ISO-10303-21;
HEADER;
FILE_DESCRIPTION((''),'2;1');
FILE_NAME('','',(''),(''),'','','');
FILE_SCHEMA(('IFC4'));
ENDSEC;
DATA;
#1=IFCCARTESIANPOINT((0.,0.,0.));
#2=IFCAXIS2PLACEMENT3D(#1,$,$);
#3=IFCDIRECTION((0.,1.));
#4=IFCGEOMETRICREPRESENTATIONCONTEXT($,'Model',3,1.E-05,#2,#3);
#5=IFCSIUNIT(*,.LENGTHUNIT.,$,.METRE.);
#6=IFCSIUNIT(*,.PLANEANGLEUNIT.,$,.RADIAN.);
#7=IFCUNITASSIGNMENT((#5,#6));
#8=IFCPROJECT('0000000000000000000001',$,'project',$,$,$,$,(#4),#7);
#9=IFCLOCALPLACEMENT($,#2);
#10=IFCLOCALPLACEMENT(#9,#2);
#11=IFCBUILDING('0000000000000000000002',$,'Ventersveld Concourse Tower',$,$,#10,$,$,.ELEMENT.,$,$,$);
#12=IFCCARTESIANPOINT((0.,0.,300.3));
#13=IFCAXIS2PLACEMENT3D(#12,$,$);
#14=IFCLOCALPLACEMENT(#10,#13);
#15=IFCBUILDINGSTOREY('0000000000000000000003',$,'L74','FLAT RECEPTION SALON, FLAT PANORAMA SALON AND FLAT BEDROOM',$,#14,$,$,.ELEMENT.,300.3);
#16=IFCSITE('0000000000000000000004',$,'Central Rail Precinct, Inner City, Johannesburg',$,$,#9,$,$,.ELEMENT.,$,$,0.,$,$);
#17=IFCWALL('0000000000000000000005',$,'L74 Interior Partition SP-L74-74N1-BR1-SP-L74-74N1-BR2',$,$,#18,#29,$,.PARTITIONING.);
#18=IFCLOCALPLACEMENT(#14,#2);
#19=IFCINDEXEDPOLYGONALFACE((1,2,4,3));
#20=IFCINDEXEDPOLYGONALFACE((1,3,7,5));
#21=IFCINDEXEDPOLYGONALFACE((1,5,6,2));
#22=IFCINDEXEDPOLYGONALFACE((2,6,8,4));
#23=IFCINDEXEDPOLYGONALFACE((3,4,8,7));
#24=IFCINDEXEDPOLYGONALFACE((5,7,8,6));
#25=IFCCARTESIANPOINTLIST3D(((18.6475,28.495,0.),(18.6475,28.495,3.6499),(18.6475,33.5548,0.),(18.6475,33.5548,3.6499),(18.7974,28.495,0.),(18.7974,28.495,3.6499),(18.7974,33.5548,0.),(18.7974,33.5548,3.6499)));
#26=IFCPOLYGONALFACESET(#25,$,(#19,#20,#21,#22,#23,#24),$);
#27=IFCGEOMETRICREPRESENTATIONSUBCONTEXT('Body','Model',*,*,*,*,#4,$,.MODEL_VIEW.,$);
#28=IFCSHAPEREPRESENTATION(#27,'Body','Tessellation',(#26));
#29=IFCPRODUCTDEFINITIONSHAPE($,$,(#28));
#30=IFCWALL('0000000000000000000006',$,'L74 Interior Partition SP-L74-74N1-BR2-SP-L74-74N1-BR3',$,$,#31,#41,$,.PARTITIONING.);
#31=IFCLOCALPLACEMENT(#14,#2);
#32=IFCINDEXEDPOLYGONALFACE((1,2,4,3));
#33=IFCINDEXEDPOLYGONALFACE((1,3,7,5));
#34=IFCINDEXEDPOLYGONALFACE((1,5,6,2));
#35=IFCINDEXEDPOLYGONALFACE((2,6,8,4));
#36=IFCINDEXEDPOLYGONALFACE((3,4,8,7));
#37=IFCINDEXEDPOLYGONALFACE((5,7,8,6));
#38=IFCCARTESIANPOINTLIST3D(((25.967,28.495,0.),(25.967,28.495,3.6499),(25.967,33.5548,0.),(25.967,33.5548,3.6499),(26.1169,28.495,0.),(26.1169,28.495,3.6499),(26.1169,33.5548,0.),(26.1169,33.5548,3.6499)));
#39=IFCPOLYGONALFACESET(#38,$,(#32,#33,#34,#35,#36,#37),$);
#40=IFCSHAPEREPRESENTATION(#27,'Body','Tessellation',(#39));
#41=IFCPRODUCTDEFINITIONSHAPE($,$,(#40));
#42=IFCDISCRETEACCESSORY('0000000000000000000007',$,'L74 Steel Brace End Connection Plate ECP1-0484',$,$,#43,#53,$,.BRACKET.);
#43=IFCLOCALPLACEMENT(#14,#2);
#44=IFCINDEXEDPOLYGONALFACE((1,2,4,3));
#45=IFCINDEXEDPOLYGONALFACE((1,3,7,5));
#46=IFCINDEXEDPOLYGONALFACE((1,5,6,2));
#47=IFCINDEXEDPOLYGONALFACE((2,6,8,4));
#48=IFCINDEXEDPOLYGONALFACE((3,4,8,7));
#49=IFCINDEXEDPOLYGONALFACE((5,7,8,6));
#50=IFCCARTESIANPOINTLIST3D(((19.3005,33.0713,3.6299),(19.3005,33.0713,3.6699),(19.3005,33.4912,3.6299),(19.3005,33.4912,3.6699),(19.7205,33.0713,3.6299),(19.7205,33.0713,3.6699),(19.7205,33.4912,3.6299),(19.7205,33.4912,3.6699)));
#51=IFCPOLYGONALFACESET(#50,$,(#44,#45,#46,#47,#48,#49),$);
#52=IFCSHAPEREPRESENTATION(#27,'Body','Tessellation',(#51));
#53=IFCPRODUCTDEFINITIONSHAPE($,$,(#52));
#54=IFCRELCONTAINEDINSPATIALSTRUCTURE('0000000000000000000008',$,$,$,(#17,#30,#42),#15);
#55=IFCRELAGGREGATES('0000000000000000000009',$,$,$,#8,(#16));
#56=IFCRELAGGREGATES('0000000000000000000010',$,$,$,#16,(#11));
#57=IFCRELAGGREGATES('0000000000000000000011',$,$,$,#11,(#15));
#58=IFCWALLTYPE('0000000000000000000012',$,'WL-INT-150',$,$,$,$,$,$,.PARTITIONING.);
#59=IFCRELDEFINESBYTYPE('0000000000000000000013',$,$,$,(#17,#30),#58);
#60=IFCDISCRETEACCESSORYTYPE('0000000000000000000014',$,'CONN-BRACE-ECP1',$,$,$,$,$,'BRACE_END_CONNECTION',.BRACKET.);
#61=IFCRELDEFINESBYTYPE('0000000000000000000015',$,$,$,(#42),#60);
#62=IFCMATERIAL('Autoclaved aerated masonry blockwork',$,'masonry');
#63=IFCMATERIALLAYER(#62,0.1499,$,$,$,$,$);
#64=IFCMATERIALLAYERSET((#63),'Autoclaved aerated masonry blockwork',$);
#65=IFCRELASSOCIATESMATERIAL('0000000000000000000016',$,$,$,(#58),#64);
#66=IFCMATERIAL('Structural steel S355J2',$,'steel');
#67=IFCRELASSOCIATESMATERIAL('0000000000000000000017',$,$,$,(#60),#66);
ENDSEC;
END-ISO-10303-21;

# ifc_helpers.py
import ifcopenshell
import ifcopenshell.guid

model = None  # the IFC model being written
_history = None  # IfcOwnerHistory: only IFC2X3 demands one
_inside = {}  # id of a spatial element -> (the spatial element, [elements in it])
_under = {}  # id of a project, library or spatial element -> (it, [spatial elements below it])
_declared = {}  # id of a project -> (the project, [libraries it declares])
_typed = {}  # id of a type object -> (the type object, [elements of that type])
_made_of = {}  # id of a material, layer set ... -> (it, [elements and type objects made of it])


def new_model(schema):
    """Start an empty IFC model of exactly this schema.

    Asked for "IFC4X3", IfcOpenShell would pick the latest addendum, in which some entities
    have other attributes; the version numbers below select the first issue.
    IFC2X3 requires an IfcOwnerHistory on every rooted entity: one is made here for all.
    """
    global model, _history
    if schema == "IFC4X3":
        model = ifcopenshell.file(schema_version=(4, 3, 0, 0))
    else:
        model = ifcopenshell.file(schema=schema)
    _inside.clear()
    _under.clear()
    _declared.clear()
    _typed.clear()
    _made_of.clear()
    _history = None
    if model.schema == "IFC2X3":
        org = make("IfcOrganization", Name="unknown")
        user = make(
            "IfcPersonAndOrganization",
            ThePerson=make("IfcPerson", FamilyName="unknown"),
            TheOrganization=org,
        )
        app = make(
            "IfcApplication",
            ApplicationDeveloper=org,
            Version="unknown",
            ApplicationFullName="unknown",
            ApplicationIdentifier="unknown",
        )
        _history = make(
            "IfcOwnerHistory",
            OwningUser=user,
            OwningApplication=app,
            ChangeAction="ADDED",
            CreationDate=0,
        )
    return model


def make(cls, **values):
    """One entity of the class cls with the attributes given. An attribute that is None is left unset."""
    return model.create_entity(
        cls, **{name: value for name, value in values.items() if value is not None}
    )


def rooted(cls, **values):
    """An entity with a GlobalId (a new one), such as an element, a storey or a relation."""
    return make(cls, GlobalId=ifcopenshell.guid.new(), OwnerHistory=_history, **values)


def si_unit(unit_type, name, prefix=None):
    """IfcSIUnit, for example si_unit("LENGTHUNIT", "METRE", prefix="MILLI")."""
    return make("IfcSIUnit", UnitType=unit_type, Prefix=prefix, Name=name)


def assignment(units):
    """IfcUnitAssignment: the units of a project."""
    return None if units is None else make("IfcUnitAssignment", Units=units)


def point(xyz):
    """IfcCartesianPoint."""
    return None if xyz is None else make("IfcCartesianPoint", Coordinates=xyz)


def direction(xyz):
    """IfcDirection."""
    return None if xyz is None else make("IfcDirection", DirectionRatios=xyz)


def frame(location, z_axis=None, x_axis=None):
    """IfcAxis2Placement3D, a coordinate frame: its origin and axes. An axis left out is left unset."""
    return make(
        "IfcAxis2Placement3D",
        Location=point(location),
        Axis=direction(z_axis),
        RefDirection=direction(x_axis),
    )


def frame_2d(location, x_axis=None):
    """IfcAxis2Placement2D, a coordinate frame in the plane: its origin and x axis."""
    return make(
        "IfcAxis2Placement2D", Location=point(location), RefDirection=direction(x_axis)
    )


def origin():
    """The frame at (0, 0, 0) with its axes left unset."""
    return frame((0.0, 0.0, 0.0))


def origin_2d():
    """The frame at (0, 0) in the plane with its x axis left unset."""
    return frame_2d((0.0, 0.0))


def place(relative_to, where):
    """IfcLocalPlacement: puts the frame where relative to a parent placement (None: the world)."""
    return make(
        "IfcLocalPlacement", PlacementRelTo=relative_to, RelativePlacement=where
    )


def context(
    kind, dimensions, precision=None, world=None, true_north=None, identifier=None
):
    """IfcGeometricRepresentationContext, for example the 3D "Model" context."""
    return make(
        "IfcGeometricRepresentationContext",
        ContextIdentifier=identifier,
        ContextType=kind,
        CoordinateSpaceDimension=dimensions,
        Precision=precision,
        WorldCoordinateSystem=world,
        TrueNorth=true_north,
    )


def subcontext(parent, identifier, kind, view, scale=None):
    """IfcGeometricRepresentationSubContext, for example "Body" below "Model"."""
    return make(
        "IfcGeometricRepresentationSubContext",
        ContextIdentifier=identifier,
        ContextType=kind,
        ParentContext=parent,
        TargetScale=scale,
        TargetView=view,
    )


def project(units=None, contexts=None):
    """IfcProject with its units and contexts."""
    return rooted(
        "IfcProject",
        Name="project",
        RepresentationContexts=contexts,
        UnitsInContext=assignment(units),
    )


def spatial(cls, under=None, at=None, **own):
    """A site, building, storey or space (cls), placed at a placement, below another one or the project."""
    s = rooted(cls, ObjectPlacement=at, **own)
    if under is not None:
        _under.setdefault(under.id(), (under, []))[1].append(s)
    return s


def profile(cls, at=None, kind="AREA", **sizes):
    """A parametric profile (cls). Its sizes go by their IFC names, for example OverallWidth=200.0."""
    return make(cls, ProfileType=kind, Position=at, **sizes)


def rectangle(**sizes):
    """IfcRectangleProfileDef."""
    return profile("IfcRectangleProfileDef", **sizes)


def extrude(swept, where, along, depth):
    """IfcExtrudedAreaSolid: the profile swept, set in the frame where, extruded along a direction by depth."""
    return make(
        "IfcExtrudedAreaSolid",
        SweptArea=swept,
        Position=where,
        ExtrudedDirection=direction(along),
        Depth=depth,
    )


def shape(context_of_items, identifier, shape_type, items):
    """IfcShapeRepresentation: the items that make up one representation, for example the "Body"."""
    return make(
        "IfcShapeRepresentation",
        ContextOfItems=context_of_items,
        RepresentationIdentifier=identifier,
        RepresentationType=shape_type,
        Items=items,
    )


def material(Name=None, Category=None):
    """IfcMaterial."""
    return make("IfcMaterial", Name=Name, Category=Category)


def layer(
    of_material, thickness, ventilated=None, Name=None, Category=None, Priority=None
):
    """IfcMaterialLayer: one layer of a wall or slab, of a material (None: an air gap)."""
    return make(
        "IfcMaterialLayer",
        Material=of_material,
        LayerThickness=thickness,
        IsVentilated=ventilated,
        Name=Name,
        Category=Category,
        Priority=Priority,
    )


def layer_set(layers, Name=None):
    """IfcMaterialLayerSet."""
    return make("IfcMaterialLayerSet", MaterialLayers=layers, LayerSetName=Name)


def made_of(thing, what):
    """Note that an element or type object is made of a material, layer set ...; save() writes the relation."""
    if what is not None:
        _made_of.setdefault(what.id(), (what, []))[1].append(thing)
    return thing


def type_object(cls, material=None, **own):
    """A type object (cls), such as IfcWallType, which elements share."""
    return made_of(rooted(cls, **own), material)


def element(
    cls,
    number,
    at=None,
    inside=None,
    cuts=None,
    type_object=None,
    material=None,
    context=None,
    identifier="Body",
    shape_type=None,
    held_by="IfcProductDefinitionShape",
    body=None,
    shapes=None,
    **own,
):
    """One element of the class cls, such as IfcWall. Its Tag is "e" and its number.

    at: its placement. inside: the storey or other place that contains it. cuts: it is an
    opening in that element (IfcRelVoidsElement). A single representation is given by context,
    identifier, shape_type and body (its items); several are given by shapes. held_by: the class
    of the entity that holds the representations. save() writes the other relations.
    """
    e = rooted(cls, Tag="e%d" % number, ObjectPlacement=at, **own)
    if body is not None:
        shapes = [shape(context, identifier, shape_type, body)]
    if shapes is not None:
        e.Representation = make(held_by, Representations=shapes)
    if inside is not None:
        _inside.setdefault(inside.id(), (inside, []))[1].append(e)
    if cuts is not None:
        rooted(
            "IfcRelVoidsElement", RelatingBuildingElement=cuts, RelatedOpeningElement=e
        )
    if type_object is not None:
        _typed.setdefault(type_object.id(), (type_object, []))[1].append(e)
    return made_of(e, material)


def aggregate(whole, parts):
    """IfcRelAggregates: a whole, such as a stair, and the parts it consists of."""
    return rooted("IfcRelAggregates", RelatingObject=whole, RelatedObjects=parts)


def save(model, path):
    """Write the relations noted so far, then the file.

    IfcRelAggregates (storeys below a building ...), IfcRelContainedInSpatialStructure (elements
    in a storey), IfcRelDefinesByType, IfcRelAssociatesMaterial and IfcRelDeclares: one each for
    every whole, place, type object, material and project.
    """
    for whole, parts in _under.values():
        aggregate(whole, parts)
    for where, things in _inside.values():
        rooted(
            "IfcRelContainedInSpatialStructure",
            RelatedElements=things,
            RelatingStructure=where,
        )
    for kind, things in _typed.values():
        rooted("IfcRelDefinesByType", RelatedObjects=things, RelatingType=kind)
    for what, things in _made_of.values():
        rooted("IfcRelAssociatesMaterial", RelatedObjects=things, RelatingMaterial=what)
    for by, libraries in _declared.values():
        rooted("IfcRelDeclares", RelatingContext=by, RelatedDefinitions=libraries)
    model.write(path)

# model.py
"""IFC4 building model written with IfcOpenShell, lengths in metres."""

from ifc_helpers import new_model, si_unit, direction, frame, frame_2d, origin, origin_2d, place, context, subcontext, project, spatial, rectangle, extrude, material, layer, layer_set, type_object, element, save


model = new_model("IFC4")

# Units and contexts
model_context = context("Model", 3, precision=1e-05, world=origin(), true_north=direction((0.0, 1.0)))
body_context = subcontext(model_context, "Body", "Model", "MODEL_VIEW")
ifc_project = project(units=[si_unit("LENGTHUNIT", "METRE"), si_unit("PLANEANGLEUNIT", "RADIAN")], contexts=[model_context])

# Site, building, storey
site_placement = place(None, origin())
site = spatial("IfcSite", under=ifc_project, at=site_placement, Name="Central Rail Precinct, Inner City, Johannesburg", CompositionType="ELEMENT", RefElevation=0.0)
building_placement = place(site_placement, origin())
building = spatial("IfcBuilding", under=site, at=building_placement, Name="Ventersveld Concourse Tower", CompositionType="ELEMENT")
storey_placement = place(building_placement, frame((0.0, 0.0, 300.3)))
storey = spatial("IfcBuildingStorey", under=building, at=storey_placement, Name="L74", Description="FLAT RECEPTION SALON, FLAT PANORAMA SALON AND FLAT BEDROOM", CompositionType="ELEMENT", Elevation=300.3)

# Shared definitions
ifc_material_1 = material(Name="Structural steel S355J2", Category="steel")

# Shared definitions
ifc_material_2 = material(Name="Autoclaved aerated masonry blockwork", Category="masonry")
ifc_layer = layer(ifc_material_2, 0.1499)
ifc_layer_set = layer_set([ifc_layer], Name="Autoclaved aerated masonry blockwork")
wall_type = type_object("IfcWallType", Name="WL-INT-150", PredefinedType="PARTITIONING", material=ifc_layer_set)

# Walls
for number, where, z_axis, x_axis, name in (
    (1, (18.7224, 28.4951, 0.0), (0.0, 0.0, 1.0), (0.0, 1.0, 0.0), "L74 Interior Partition SP-L74-74N1-BR1-SP-L74-74N1-BR2"),
    (2, (26.042, 28.4951, 0.0), (0.0, 0.0, 1.0), (0.0, 1.0, 0.0), "L74 Interior Partition SP-L74-74N1-BR2-SP-L74-74N1-BR3"),
):
    element("IfcWall", number, at=place(storey_placement, frame(where, z_axis=z_axis, x_axis=x_axis)), inside=storey, type_object=wall_type, Name=name, PredefinedType="PARTITIONING", context=body_context, shape_type="SweptSolid", body=[
        extrude(rectangle(XDim=5.0598, YDim=0.1499, at=frame_2d((2.5298, 0.0))), origin(), (0.0, 0.0, 1.0), 3.6499),
    ])

# Discrete accessory
discrete_accessory_type = type_object("IfcDiscreteAccessoryType", Name="CONN-BRACE-ECP1", ElementType="BRACE_END_CONNECTION", PredefinedType="BRACKET", material=ifc_material_1)
discrete_accessory_placement = place(storey_placement, frame((19.5105, 33.2812, 3.6299), z_axis=(0.0, 0.0, 1.0), x_axis=(1.0, 0.0, 0.0)))
element("IfcDiscreteAccessory", 3, at=discrete_accessory_placement, inside=storey, type_object=discrete_accessory_type, Name="L74 Steel Brace End Connection Plate ECP1-0484", PredefinedType="BRACKET", context=body_context, shape_type="SweptSolid", body=[
    extrude(rectangle(XDim=0.4199, YDim=0.4199, at=origin_2d()), origin(), (0.0, 0.0, 1.0), 0.04),
])

save(model, "model.ifc")
